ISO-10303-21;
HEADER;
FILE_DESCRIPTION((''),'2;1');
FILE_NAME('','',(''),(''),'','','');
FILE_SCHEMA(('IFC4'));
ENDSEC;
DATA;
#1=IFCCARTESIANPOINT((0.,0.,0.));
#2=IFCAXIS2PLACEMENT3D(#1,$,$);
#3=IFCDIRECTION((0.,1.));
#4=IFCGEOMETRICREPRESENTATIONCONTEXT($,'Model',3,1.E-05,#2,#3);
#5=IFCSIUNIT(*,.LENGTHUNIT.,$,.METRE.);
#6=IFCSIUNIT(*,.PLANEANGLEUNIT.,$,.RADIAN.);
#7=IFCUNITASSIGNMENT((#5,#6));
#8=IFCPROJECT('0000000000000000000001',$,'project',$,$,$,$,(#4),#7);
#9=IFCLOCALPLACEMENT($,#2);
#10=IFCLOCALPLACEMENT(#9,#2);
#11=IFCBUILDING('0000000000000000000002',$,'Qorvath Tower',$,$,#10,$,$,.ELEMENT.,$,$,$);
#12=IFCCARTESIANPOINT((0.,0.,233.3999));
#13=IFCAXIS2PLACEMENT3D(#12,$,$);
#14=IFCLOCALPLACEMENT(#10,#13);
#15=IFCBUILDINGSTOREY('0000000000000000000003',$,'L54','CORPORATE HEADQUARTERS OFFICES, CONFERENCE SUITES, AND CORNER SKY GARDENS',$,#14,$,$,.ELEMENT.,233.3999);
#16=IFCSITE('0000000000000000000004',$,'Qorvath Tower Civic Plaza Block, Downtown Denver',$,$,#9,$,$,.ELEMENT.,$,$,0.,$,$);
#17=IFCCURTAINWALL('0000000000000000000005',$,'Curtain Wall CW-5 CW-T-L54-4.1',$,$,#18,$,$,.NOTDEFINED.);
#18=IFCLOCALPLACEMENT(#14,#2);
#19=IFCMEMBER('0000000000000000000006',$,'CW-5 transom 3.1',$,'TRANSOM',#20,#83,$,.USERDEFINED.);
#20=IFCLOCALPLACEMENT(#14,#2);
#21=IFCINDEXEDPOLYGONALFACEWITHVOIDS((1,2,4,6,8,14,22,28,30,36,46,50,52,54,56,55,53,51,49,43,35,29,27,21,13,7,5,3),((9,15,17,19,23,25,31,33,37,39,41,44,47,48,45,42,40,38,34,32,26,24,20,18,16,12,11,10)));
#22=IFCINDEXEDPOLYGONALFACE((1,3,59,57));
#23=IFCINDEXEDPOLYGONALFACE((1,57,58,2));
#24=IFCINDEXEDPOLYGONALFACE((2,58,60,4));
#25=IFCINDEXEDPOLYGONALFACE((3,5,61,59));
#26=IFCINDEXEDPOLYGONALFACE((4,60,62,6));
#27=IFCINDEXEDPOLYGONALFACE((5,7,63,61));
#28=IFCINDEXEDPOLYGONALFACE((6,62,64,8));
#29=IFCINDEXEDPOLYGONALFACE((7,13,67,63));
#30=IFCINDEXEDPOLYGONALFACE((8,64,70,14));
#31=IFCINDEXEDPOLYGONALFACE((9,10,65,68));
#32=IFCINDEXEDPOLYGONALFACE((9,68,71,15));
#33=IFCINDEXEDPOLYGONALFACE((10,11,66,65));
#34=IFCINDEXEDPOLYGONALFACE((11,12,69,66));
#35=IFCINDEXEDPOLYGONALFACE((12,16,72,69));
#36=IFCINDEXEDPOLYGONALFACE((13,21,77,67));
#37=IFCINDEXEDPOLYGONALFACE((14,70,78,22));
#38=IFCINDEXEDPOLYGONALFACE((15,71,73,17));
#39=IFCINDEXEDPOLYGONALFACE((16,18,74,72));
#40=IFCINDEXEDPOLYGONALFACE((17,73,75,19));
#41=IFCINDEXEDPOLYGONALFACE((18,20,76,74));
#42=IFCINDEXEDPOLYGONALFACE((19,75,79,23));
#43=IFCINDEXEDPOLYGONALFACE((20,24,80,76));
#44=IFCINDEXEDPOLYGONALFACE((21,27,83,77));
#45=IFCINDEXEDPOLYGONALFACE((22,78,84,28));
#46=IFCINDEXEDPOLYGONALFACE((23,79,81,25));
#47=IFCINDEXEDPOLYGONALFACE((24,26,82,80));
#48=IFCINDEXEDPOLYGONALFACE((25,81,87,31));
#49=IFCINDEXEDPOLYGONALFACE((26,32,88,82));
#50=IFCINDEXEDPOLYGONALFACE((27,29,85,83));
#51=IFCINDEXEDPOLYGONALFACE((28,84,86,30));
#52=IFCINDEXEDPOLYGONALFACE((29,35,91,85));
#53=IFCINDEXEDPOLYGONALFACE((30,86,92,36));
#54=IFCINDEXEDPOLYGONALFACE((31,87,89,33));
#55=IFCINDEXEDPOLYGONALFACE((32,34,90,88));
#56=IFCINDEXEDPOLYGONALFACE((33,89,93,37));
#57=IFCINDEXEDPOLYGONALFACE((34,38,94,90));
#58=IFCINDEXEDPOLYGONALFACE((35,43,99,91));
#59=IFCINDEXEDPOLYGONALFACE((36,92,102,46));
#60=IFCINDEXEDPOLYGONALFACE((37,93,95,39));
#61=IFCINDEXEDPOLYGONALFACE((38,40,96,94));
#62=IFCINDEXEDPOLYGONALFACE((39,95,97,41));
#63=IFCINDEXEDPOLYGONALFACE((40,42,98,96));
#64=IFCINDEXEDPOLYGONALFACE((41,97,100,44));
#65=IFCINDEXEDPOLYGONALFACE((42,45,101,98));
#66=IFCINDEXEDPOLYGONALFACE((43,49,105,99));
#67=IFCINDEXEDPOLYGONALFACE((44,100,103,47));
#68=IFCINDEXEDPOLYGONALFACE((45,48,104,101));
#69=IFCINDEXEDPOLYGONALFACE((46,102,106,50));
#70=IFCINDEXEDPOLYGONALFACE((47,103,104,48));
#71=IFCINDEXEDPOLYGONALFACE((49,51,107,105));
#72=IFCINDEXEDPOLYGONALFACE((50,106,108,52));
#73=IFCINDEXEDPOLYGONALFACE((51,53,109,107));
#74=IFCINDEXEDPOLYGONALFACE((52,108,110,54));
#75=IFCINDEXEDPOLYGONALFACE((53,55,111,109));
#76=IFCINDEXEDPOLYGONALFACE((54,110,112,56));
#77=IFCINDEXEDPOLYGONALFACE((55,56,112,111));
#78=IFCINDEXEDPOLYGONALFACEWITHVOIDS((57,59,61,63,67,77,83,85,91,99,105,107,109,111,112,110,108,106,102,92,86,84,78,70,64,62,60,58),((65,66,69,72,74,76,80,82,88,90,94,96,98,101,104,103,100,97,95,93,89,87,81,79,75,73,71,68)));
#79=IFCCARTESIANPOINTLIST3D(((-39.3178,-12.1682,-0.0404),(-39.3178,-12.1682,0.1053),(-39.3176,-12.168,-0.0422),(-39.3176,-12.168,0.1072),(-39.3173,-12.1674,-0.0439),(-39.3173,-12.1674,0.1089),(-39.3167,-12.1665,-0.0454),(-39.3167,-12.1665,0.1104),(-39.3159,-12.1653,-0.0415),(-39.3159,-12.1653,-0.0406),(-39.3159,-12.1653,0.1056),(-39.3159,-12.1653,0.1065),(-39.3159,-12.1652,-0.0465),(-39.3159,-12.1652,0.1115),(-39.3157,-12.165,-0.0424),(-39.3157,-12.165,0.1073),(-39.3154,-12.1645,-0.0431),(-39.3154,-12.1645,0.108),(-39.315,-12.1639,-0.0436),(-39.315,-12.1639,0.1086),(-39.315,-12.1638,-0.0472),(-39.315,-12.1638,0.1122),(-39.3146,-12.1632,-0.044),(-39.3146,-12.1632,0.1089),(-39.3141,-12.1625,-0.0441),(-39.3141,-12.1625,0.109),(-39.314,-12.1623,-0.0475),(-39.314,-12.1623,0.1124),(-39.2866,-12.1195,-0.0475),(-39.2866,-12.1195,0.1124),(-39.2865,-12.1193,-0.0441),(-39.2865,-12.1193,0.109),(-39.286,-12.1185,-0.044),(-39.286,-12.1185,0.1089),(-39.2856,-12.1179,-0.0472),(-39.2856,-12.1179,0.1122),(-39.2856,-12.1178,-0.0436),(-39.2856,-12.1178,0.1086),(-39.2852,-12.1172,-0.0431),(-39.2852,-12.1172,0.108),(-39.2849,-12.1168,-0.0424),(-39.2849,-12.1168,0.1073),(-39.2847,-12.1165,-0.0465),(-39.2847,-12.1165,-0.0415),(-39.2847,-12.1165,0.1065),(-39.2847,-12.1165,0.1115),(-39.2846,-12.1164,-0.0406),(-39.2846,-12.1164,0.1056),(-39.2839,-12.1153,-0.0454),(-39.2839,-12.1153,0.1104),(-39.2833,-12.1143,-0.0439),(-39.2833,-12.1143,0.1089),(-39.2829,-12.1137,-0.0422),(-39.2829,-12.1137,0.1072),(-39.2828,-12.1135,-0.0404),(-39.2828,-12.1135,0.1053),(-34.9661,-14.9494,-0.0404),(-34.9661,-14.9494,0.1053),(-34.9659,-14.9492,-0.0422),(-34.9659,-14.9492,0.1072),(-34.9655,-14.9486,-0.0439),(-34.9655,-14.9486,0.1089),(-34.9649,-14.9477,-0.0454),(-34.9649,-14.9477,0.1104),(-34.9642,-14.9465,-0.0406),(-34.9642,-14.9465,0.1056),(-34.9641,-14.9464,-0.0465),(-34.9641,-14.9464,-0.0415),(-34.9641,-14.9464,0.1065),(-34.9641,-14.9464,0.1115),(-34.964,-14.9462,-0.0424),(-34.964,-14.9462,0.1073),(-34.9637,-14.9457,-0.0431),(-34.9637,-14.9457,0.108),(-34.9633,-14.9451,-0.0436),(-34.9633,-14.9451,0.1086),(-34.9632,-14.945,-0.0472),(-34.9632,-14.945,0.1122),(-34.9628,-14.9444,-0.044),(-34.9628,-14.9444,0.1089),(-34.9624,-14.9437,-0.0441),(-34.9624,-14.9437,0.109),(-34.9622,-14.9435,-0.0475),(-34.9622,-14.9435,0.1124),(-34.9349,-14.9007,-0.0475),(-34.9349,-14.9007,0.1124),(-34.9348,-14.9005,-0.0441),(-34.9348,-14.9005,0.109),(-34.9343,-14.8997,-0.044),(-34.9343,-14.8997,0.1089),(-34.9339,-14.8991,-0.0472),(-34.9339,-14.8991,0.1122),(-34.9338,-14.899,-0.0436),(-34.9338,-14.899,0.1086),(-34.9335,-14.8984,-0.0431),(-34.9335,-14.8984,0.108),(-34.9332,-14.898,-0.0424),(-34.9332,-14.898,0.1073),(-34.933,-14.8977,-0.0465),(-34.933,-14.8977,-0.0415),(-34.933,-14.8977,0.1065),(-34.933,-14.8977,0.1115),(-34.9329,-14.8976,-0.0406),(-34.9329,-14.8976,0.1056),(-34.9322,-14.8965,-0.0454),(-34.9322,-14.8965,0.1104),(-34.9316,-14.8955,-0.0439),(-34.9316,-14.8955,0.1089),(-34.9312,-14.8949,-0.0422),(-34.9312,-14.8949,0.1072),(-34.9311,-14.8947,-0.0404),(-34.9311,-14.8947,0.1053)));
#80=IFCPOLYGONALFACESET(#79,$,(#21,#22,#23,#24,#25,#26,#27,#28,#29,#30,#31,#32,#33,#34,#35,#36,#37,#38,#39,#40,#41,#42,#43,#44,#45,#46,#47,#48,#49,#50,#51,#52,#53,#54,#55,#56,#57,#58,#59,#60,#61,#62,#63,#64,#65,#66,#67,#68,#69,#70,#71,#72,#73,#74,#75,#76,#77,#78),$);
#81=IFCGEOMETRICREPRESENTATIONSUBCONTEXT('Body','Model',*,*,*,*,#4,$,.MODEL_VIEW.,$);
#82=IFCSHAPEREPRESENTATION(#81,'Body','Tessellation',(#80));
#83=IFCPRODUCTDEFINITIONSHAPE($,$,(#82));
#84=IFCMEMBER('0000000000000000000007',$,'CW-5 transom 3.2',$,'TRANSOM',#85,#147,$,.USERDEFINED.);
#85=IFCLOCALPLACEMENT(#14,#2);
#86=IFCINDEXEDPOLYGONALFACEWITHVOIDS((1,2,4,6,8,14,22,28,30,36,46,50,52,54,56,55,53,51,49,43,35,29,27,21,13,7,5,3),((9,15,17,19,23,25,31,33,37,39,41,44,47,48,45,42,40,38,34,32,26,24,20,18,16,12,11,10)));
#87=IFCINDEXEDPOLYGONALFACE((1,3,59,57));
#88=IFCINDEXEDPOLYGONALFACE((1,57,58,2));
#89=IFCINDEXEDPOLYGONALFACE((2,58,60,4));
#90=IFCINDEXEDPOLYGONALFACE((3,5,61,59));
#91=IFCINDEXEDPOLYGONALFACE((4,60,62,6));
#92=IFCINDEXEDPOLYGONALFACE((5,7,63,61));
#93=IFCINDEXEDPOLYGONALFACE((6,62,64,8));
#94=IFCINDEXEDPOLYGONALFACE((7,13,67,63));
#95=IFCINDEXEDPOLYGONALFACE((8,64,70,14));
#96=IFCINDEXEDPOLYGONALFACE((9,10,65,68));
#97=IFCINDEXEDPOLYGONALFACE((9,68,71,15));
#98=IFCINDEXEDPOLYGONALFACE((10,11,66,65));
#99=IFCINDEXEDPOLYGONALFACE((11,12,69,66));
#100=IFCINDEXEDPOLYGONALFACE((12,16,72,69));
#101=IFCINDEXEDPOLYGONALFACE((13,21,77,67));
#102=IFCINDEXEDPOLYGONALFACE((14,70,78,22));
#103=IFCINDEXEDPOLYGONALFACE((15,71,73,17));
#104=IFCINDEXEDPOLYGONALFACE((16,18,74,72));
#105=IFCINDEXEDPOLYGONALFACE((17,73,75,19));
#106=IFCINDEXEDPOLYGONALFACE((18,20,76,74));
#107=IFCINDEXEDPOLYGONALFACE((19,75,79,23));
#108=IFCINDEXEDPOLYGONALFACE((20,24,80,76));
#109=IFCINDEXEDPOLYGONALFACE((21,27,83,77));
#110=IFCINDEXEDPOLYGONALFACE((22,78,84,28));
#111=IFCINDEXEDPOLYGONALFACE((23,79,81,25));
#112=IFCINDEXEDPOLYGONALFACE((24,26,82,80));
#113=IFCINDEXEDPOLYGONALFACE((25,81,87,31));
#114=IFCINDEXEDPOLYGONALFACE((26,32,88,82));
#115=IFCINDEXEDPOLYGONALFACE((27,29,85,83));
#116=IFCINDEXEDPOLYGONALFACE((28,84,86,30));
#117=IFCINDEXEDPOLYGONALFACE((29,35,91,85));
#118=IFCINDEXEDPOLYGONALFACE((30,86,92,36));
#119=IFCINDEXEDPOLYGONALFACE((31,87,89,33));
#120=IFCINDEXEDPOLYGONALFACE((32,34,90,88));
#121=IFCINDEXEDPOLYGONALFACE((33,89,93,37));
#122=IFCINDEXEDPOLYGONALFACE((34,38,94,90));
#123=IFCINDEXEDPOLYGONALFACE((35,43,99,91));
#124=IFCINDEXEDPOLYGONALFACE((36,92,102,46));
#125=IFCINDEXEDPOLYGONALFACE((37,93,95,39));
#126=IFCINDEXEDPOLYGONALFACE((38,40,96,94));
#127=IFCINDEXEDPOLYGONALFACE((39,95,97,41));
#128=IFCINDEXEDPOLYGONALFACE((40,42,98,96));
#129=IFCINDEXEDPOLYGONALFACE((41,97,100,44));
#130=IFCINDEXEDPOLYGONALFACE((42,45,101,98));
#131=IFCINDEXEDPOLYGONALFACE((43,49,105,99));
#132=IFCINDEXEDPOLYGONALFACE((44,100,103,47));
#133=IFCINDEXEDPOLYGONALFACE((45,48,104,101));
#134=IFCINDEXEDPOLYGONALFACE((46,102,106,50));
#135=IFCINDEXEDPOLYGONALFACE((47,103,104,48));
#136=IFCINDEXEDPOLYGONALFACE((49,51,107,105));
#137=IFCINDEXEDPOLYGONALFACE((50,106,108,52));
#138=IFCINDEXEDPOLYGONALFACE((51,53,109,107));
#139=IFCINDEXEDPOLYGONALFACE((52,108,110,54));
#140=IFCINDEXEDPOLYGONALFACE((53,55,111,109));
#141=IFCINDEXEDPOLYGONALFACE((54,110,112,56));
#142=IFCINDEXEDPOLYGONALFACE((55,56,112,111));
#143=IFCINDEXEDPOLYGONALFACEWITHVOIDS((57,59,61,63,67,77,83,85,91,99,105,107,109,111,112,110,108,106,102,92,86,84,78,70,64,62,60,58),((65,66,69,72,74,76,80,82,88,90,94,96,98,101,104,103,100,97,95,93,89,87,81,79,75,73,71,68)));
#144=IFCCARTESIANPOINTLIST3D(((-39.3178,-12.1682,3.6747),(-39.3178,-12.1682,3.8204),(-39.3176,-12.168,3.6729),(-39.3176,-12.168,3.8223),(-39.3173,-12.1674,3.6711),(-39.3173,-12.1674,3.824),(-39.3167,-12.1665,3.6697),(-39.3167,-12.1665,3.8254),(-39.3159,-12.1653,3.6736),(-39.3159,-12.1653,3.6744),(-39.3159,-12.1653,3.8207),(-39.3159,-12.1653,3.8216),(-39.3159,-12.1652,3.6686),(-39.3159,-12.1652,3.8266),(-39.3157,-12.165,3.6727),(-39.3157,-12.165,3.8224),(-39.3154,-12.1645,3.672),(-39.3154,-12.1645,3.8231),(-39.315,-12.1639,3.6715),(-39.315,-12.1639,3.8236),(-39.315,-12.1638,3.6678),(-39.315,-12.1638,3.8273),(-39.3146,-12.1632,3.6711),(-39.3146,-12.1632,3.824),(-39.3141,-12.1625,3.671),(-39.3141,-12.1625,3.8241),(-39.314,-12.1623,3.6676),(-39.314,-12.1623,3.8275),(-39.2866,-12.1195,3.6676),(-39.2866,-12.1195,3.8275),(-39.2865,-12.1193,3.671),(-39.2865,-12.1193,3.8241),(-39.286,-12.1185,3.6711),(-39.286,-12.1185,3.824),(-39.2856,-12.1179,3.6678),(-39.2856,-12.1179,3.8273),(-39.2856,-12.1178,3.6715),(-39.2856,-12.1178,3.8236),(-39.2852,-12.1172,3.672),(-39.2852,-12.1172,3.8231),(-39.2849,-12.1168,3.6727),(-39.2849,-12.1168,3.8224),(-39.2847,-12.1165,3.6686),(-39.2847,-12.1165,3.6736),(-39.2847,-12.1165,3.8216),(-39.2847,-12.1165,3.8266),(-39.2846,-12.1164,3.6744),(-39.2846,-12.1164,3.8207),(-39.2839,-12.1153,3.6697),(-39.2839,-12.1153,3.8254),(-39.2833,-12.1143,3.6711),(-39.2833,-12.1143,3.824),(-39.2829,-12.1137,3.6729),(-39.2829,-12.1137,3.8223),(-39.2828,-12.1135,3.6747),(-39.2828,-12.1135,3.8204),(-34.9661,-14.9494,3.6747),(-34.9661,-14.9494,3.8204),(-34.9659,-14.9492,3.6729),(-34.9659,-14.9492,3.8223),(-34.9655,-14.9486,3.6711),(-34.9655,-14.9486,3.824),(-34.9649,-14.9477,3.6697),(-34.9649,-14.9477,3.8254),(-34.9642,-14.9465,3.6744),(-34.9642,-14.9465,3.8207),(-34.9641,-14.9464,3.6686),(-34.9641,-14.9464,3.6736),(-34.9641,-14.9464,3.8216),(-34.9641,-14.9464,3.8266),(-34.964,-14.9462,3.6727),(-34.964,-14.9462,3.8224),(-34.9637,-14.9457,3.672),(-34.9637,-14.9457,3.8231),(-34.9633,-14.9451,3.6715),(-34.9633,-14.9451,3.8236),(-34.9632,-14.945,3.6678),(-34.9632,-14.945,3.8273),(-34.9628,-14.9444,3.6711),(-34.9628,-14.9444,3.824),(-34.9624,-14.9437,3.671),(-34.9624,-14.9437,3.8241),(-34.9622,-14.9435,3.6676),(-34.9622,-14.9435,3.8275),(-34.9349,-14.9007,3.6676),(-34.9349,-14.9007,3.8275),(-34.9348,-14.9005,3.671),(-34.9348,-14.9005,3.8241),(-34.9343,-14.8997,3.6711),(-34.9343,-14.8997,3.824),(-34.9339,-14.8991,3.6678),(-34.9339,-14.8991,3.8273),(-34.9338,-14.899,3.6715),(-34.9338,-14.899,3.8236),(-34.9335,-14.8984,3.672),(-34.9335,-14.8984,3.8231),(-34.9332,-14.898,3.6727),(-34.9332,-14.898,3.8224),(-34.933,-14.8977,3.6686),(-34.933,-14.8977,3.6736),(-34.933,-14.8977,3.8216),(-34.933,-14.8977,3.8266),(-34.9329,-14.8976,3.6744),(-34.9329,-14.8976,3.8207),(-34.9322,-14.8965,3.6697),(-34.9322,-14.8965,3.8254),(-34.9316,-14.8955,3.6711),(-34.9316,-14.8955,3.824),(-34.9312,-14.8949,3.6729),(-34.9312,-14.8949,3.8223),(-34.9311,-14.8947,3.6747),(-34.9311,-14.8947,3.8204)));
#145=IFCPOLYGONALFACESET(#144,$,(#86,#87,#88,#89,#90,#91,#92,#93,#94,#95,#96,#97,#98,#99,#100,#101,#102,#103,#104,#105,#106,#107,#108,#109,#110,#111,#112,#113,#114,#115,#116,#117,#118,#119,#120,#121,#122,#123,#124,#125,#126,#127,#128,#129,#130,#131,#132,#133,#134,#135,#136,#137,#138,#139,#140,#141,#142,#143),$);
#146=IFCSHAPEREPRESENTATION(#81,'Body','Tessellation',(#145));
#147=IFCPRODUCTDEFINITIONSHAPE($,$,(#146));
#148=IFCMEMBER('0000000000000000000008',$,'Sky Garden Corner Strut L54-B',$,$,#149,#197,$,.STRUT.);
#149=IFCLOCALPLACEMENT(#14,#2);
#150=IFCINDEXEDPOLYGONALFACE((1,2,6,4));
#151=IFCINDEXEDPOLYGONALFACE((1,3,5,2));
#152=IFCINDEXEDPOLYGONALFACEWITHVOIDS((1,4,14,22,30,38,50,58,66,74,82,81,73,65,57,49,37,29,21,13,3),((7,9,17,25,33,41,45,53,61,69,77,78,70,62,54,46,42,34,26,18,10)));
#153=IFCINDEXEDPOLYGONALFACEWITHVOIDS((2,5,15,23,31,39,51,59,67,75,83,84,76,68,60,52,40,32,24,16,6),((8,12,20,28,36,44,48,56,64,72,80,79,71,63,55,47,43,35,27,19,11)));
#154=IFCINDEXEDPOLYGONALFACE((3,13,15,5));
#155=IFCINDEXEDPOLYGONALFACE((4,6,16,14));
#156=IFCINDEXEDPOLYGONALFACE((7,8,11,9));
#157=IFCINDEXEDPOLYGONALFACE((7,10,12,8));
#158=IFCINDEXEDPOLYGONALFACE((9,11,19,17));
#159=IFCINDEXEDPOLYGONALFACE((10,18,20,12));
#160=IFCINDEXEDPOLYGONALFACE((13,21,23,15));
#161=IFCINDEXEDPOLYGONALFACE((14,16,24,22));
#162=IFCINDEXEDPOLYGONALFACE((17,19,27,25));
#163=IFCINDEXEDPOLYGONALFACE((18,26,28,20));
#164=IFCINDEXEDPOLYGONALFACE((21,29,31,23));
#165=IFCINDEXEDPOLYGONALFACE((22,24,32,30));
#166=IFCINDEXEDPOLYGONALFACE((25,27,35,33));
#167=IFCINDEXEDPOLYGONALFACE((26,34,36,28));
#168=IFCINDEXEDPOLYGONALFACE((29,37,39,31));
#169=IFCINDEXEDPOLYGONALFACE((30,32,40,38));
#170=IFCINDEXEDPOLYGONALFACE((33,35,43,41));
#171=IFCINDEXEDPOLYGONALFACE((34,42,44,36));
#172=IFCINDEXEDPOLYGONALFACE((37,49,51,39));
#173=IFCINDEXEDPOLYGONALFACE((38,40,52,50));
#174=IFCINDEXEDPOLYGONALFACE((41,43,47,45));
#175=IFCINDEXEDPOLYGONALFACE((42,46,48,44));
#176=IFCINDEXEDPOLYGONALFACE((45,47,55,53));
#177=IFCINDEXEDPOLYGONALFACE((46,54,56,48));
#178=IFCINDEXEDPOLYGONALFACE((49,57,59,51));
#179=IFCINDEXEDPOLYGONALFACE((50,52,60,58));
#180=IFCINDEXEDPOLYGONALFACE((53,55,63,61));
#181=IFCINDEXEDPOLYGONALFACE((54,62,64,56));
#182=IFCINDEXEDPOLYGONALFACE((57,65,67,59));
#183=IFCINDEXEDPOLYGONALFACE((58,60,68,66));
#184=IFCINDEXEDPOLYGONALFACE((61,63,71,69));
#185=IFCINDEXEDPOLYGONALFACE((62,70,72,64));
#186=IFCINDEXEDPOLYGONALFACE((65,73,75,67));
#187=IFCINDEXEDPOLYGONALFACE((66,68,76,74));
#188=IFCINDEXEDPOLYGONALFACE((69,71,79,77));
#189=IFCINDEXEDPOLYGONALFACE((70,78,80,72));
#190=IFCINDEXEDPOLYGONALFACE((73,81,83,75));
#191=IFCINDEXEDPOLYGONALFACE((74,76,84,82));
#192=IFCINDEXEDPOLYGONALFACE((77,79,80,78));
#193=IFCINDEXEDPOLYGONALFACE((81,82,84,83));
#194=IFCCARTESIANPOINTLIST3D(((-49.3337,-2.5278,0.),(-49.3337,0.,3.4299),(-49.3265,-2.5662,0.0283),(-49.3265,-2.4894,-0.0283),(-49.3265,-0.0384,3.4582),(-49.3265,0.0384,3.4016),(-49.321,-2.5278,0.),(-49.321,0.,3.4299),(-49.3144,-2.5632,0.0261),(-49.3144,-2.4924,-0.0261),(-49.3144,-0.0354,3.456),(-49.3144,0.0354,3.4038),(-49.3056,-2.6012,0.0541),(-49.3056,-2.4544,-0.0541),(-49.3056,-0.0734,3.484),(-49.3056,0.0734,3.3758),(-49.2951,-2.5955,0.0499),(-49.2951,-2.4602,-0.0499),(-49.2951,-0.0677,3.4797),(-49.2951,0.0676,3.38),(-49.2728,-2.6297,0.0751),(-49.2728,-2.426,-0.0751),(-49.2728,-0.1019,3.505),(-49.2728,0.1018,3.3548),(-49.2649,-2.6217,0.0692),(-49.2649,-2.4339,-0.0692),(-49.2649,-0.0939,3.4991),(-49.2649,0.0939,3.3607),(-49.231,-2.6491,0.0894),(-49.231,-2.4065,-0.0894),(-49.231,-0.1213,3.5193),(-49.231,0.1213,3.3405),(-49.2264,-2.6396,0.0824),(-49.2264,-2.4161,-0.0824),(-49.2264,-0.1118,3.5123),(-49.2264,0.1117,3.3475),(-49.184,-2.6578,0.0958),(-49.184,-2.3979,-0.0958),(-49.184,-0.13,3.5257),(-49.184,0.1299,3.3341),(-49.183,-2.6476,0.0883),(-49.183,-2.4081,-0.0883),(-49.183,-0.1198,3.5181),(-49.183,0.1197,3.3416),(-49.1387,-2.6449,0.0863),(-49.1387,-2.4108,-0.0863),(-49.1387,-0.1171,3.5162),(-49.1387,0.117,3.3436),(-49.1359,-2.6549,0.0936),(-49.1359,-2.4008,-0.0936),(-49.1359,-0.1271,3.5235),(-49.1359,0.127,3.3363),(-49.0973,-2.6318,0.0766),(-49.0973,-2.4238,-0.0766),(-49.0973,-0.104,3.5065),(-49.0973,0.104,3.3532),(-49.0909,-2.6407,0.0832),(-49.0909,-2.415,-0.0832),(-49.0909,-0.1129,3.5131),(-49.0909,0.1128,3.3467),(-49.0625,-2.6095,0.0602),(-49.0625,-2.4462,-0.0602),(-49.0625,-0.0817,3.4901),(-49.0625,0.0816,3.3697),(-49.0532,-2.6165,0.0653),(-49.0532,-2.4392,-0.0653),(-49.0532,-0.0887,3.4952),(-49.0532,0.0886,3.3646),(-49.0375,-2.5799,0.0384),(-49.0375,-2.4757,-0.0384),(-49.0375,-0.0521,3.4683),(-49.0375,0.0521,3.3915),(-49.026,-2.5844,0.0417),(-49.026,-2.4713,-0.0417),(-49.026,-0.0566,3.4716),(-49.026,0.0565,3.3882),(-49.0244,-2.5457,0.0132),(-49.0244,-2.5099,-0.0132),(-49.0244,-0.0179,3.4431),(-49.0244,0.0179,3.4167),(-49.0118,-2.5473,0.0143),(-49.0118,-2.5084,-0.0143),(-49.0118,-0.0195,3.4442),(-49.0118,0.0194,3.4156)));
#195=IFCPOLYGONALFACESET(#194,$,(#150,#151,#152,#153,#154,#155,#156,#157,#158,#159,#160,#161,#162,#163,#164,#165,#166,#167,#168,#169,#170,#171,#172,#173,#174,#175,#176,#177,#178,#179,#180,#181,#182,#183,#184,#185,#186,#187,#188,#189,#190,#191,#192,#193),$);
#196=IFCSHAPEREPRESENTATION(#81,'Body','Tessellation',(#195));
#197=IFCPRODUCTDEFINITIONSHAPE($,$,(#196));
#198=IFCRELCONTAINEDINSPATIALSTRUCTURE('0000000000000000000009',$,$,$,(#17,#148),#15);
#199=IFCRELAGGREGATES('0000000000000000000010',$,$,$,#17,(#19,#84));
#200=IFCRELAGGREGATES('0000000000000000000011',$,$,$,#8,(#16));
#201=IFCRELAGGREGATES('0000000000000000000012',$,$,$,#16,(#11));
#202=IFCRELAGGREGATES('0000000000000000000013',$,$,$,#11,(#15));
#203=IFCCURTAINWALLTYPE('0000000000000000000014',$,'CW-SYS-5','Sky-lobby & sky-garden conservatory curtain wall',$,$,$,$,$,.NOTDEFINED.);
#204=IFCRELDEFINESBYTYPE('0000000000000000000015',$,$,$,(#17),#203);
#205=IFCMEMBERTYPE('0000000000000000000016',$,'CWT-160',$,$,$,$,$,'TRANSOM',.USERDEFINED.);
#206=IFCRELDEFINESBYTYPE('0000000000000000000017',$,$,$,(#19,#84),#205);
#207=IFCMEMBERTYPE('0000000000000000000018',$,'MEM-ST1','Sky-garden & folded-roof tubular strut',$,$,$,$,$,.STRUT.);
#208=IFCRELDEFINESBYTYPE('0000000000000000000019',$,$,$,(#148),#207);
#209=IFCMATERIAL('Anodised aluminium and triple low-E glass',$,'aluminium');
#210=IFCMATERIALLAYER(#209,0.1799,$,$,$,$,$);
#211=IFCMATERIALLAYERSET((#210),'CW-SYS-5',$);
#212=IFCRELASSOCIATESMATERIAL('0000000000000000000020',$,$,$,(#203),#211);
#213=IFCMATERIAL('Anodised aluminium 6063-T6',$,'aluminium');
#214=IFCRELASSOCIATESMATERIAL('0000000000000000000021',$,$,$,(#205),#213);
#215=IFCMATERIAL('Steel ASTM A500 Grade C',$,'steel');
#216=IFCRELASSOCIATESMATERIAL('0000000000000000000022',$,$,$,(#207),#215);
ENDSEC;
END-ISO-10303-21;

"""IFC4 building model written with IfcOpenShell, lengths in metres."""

from ifc_helpers import new_model, si_unit, direction, frame, origin, origin_2d, place, context, subcontext, project, spatial, hollow_rectangle, hollow_circle, extrude, material, layer, layer_set, material_profile, profile_set, type_object, element, aggregate, save


model = new_model("IFC4")

# Units and contexts
model_context = context("Model", 3, precision=1e-05, world=origin(), true_north=direction((0.0, 1.0)))
body_context = subcontext(model_context, "Body", "Model", "MODEL_VIEW")
ifc_project = project(units=[si_unit("LENGTHUNIT", "METRE"), si_unit("PLANEANGLEUNIT", "RADIAN")], contexts=[model_context])

# Site, building, storey
site_placement = place(None, origin())
site = spatial("IfcSite", under=ifc_project, at=site_placement, Name="Qorvath Tower Civic Plaza Block, Downtown Denver", CompositionType="ELEMENT", RefElevation=0.0)
building_placement = place(site_placement, origin())
building = spatial("IfcBuilding", under=site, at=building_placement, Name="Qorvath Tower", CompositionType="ELEMENT")
storey_placement = place(building_placement, frame((0.0, 0.0, 233.3999)))
storey = spatial("IfcBuildingStorey", under=building, at=storey_placement, Name="L54", Description="CORPORATE HEADQUARTERS OFFICES, CONFERENCE SUITES, AND CORNER SKY GARDENS", CompositionType="ELEMENT", Elevation=233.3999)

# Shared definitions
ifc_material_1 = material(Name="Anodised aluminium and triple low-E glass", Category="aluminium")
ifc_layer_1 = layer(ifc_material_1, 0.1799)
ifc_layer_set_1 = layer_set([ifc_layer_1], Name="CW-SYS-5")
curtain_wall_type = type_object("IfcCurtainWallType", Name="CW-SYS-5", Description="Sky-lobby & sky-garden conservatory curtain wall", PredefinedType="NOTDEFINED", material=ifc_layer_set_1)

# Curtain wall
curtain_wall_1_placement = place(storey_placement, origin())
curtain_wall_1 = element("IfcCurtainWall", 1, at=curtain_wall_1_placement, inside=storey, type_object=curtain_wall_type, Name="Curtain Wall CW-5 CW-T-L54-4.1", PredefinedType="NOTDEFINED")

# Members
ifc_material_2 = material(Name="Anodised aluminium 6063-T6", Category="aluminium")
ifc_material_profile_1 = material_profile(ifc_material_2, hollow_rectangle(XDim=0.0649, YDim=0.1599, WallThickness=0.0034, InnerFilletRadius=0.0034, OuterFilletRadius=0.0071, at=origin_2d()), Name="CWT 160x65")
ifc_profile_set_1 = profile_set([ifc_material_profile_1], Name="Anodised aluminium 6063-T6")
member_type_1 = type_object("IfcMemberType", Name="CWT-160", ElementType="TRANSOM", PredefinedType="USERDEFINED", material=ifc_profile_set_1)
member_1_placement = place(storey_placement, frame((-39.3003, -12.1409, 0.0325), z_axis=(0.842615, -0.538517, 0.0), x_axis=(0.538517, 0.842615, 0.0)))
member_1 = element("IfcMember", 2, at=member_1_placement, type_object=member_type_1, Name="CW-5 transom 3.1", ObjectType="TRANSOM", PredefinedType="USERDEFINED", context=body_context, shape_type="SweptSolid", body=[
    extrude(hollow_rectangle(XDim=0.0649, YDim=0.1599, WallThickness=0.0034, InnerFilletRadius=0.0034, OuterFilletRadius=0.0071, at=origin_2d()), origin(), (0.0, 0.0, 1.0), 5.1646),
])
member_2_placement = place(storey_placement, frame((-39.3003, -12.1409, 3.7476), z_axis=(0.842615, -0.538517, 0.0), x_axis=(0.538517, 0.842615, 0.0)))
member_2 = element("IfcMember", 3, at=member_2_placement, type_object=member_type_1, Name="CW-5 transom 3.2", ObjectType="TRANSOM", PredefinedType="USERDEFINED", context=body_context, shape_type="SweptSolid", body=[
    extrude(hollow_rectangle(XDim=0.0649, YDim=0.1599, WallThickness=0.0034, InnerFilletRadius=0.0034, OuterFilletRadius=0.0071, at=origin_2d()), origin(), (0.0, 0.0, 1.0), 5.1646),
])
ifc_material_3 = material(Name="Steel ASTM A500 Grade C", Category="steel")
ifc_material_profile_2 = material_profile(ifc_material_3, hollow_circle(Radius=0.1619, WallThickness=0.0127, at=origin_2d()), Name="CHS 324x12.7")
ifc_profile_set_2 = profile_set([ifc_material_profile_2], Name="Steel ASTM A500 Grade C")
member_type_2 = type_object("IfcMemberType", Name="MEM-ST1", Description="Sky-garden & folded-roof tubular strut", PredefinedType="STRUT", material=ifc_profile_set_2)
member_3_placement = place(storey_placement, frame((-49.1719, -2.5278, 0.0), z_axis=(0.0, 0.593277, 0.804998), x_axis=(-1.0, 0.0, 0.0)))
element("IfcMember", 4, at=member_3_placement, inside=storey, type_object=member_type_2, Name="Sky Garden Corner Strut L54-B", PredefinedType="STRUT", context=body_context, shape_type="SweptSolid", body=[
    extrude(hollow_circle(Radius=0.1619, WallThickness=0.0127, at=origin_2d()), origin(), (0.0, 0.0, 1.0), 4.2607),
])

aggregate(curtain_wall_1, [member_1, member_2])

save(model, "model.ifc")
